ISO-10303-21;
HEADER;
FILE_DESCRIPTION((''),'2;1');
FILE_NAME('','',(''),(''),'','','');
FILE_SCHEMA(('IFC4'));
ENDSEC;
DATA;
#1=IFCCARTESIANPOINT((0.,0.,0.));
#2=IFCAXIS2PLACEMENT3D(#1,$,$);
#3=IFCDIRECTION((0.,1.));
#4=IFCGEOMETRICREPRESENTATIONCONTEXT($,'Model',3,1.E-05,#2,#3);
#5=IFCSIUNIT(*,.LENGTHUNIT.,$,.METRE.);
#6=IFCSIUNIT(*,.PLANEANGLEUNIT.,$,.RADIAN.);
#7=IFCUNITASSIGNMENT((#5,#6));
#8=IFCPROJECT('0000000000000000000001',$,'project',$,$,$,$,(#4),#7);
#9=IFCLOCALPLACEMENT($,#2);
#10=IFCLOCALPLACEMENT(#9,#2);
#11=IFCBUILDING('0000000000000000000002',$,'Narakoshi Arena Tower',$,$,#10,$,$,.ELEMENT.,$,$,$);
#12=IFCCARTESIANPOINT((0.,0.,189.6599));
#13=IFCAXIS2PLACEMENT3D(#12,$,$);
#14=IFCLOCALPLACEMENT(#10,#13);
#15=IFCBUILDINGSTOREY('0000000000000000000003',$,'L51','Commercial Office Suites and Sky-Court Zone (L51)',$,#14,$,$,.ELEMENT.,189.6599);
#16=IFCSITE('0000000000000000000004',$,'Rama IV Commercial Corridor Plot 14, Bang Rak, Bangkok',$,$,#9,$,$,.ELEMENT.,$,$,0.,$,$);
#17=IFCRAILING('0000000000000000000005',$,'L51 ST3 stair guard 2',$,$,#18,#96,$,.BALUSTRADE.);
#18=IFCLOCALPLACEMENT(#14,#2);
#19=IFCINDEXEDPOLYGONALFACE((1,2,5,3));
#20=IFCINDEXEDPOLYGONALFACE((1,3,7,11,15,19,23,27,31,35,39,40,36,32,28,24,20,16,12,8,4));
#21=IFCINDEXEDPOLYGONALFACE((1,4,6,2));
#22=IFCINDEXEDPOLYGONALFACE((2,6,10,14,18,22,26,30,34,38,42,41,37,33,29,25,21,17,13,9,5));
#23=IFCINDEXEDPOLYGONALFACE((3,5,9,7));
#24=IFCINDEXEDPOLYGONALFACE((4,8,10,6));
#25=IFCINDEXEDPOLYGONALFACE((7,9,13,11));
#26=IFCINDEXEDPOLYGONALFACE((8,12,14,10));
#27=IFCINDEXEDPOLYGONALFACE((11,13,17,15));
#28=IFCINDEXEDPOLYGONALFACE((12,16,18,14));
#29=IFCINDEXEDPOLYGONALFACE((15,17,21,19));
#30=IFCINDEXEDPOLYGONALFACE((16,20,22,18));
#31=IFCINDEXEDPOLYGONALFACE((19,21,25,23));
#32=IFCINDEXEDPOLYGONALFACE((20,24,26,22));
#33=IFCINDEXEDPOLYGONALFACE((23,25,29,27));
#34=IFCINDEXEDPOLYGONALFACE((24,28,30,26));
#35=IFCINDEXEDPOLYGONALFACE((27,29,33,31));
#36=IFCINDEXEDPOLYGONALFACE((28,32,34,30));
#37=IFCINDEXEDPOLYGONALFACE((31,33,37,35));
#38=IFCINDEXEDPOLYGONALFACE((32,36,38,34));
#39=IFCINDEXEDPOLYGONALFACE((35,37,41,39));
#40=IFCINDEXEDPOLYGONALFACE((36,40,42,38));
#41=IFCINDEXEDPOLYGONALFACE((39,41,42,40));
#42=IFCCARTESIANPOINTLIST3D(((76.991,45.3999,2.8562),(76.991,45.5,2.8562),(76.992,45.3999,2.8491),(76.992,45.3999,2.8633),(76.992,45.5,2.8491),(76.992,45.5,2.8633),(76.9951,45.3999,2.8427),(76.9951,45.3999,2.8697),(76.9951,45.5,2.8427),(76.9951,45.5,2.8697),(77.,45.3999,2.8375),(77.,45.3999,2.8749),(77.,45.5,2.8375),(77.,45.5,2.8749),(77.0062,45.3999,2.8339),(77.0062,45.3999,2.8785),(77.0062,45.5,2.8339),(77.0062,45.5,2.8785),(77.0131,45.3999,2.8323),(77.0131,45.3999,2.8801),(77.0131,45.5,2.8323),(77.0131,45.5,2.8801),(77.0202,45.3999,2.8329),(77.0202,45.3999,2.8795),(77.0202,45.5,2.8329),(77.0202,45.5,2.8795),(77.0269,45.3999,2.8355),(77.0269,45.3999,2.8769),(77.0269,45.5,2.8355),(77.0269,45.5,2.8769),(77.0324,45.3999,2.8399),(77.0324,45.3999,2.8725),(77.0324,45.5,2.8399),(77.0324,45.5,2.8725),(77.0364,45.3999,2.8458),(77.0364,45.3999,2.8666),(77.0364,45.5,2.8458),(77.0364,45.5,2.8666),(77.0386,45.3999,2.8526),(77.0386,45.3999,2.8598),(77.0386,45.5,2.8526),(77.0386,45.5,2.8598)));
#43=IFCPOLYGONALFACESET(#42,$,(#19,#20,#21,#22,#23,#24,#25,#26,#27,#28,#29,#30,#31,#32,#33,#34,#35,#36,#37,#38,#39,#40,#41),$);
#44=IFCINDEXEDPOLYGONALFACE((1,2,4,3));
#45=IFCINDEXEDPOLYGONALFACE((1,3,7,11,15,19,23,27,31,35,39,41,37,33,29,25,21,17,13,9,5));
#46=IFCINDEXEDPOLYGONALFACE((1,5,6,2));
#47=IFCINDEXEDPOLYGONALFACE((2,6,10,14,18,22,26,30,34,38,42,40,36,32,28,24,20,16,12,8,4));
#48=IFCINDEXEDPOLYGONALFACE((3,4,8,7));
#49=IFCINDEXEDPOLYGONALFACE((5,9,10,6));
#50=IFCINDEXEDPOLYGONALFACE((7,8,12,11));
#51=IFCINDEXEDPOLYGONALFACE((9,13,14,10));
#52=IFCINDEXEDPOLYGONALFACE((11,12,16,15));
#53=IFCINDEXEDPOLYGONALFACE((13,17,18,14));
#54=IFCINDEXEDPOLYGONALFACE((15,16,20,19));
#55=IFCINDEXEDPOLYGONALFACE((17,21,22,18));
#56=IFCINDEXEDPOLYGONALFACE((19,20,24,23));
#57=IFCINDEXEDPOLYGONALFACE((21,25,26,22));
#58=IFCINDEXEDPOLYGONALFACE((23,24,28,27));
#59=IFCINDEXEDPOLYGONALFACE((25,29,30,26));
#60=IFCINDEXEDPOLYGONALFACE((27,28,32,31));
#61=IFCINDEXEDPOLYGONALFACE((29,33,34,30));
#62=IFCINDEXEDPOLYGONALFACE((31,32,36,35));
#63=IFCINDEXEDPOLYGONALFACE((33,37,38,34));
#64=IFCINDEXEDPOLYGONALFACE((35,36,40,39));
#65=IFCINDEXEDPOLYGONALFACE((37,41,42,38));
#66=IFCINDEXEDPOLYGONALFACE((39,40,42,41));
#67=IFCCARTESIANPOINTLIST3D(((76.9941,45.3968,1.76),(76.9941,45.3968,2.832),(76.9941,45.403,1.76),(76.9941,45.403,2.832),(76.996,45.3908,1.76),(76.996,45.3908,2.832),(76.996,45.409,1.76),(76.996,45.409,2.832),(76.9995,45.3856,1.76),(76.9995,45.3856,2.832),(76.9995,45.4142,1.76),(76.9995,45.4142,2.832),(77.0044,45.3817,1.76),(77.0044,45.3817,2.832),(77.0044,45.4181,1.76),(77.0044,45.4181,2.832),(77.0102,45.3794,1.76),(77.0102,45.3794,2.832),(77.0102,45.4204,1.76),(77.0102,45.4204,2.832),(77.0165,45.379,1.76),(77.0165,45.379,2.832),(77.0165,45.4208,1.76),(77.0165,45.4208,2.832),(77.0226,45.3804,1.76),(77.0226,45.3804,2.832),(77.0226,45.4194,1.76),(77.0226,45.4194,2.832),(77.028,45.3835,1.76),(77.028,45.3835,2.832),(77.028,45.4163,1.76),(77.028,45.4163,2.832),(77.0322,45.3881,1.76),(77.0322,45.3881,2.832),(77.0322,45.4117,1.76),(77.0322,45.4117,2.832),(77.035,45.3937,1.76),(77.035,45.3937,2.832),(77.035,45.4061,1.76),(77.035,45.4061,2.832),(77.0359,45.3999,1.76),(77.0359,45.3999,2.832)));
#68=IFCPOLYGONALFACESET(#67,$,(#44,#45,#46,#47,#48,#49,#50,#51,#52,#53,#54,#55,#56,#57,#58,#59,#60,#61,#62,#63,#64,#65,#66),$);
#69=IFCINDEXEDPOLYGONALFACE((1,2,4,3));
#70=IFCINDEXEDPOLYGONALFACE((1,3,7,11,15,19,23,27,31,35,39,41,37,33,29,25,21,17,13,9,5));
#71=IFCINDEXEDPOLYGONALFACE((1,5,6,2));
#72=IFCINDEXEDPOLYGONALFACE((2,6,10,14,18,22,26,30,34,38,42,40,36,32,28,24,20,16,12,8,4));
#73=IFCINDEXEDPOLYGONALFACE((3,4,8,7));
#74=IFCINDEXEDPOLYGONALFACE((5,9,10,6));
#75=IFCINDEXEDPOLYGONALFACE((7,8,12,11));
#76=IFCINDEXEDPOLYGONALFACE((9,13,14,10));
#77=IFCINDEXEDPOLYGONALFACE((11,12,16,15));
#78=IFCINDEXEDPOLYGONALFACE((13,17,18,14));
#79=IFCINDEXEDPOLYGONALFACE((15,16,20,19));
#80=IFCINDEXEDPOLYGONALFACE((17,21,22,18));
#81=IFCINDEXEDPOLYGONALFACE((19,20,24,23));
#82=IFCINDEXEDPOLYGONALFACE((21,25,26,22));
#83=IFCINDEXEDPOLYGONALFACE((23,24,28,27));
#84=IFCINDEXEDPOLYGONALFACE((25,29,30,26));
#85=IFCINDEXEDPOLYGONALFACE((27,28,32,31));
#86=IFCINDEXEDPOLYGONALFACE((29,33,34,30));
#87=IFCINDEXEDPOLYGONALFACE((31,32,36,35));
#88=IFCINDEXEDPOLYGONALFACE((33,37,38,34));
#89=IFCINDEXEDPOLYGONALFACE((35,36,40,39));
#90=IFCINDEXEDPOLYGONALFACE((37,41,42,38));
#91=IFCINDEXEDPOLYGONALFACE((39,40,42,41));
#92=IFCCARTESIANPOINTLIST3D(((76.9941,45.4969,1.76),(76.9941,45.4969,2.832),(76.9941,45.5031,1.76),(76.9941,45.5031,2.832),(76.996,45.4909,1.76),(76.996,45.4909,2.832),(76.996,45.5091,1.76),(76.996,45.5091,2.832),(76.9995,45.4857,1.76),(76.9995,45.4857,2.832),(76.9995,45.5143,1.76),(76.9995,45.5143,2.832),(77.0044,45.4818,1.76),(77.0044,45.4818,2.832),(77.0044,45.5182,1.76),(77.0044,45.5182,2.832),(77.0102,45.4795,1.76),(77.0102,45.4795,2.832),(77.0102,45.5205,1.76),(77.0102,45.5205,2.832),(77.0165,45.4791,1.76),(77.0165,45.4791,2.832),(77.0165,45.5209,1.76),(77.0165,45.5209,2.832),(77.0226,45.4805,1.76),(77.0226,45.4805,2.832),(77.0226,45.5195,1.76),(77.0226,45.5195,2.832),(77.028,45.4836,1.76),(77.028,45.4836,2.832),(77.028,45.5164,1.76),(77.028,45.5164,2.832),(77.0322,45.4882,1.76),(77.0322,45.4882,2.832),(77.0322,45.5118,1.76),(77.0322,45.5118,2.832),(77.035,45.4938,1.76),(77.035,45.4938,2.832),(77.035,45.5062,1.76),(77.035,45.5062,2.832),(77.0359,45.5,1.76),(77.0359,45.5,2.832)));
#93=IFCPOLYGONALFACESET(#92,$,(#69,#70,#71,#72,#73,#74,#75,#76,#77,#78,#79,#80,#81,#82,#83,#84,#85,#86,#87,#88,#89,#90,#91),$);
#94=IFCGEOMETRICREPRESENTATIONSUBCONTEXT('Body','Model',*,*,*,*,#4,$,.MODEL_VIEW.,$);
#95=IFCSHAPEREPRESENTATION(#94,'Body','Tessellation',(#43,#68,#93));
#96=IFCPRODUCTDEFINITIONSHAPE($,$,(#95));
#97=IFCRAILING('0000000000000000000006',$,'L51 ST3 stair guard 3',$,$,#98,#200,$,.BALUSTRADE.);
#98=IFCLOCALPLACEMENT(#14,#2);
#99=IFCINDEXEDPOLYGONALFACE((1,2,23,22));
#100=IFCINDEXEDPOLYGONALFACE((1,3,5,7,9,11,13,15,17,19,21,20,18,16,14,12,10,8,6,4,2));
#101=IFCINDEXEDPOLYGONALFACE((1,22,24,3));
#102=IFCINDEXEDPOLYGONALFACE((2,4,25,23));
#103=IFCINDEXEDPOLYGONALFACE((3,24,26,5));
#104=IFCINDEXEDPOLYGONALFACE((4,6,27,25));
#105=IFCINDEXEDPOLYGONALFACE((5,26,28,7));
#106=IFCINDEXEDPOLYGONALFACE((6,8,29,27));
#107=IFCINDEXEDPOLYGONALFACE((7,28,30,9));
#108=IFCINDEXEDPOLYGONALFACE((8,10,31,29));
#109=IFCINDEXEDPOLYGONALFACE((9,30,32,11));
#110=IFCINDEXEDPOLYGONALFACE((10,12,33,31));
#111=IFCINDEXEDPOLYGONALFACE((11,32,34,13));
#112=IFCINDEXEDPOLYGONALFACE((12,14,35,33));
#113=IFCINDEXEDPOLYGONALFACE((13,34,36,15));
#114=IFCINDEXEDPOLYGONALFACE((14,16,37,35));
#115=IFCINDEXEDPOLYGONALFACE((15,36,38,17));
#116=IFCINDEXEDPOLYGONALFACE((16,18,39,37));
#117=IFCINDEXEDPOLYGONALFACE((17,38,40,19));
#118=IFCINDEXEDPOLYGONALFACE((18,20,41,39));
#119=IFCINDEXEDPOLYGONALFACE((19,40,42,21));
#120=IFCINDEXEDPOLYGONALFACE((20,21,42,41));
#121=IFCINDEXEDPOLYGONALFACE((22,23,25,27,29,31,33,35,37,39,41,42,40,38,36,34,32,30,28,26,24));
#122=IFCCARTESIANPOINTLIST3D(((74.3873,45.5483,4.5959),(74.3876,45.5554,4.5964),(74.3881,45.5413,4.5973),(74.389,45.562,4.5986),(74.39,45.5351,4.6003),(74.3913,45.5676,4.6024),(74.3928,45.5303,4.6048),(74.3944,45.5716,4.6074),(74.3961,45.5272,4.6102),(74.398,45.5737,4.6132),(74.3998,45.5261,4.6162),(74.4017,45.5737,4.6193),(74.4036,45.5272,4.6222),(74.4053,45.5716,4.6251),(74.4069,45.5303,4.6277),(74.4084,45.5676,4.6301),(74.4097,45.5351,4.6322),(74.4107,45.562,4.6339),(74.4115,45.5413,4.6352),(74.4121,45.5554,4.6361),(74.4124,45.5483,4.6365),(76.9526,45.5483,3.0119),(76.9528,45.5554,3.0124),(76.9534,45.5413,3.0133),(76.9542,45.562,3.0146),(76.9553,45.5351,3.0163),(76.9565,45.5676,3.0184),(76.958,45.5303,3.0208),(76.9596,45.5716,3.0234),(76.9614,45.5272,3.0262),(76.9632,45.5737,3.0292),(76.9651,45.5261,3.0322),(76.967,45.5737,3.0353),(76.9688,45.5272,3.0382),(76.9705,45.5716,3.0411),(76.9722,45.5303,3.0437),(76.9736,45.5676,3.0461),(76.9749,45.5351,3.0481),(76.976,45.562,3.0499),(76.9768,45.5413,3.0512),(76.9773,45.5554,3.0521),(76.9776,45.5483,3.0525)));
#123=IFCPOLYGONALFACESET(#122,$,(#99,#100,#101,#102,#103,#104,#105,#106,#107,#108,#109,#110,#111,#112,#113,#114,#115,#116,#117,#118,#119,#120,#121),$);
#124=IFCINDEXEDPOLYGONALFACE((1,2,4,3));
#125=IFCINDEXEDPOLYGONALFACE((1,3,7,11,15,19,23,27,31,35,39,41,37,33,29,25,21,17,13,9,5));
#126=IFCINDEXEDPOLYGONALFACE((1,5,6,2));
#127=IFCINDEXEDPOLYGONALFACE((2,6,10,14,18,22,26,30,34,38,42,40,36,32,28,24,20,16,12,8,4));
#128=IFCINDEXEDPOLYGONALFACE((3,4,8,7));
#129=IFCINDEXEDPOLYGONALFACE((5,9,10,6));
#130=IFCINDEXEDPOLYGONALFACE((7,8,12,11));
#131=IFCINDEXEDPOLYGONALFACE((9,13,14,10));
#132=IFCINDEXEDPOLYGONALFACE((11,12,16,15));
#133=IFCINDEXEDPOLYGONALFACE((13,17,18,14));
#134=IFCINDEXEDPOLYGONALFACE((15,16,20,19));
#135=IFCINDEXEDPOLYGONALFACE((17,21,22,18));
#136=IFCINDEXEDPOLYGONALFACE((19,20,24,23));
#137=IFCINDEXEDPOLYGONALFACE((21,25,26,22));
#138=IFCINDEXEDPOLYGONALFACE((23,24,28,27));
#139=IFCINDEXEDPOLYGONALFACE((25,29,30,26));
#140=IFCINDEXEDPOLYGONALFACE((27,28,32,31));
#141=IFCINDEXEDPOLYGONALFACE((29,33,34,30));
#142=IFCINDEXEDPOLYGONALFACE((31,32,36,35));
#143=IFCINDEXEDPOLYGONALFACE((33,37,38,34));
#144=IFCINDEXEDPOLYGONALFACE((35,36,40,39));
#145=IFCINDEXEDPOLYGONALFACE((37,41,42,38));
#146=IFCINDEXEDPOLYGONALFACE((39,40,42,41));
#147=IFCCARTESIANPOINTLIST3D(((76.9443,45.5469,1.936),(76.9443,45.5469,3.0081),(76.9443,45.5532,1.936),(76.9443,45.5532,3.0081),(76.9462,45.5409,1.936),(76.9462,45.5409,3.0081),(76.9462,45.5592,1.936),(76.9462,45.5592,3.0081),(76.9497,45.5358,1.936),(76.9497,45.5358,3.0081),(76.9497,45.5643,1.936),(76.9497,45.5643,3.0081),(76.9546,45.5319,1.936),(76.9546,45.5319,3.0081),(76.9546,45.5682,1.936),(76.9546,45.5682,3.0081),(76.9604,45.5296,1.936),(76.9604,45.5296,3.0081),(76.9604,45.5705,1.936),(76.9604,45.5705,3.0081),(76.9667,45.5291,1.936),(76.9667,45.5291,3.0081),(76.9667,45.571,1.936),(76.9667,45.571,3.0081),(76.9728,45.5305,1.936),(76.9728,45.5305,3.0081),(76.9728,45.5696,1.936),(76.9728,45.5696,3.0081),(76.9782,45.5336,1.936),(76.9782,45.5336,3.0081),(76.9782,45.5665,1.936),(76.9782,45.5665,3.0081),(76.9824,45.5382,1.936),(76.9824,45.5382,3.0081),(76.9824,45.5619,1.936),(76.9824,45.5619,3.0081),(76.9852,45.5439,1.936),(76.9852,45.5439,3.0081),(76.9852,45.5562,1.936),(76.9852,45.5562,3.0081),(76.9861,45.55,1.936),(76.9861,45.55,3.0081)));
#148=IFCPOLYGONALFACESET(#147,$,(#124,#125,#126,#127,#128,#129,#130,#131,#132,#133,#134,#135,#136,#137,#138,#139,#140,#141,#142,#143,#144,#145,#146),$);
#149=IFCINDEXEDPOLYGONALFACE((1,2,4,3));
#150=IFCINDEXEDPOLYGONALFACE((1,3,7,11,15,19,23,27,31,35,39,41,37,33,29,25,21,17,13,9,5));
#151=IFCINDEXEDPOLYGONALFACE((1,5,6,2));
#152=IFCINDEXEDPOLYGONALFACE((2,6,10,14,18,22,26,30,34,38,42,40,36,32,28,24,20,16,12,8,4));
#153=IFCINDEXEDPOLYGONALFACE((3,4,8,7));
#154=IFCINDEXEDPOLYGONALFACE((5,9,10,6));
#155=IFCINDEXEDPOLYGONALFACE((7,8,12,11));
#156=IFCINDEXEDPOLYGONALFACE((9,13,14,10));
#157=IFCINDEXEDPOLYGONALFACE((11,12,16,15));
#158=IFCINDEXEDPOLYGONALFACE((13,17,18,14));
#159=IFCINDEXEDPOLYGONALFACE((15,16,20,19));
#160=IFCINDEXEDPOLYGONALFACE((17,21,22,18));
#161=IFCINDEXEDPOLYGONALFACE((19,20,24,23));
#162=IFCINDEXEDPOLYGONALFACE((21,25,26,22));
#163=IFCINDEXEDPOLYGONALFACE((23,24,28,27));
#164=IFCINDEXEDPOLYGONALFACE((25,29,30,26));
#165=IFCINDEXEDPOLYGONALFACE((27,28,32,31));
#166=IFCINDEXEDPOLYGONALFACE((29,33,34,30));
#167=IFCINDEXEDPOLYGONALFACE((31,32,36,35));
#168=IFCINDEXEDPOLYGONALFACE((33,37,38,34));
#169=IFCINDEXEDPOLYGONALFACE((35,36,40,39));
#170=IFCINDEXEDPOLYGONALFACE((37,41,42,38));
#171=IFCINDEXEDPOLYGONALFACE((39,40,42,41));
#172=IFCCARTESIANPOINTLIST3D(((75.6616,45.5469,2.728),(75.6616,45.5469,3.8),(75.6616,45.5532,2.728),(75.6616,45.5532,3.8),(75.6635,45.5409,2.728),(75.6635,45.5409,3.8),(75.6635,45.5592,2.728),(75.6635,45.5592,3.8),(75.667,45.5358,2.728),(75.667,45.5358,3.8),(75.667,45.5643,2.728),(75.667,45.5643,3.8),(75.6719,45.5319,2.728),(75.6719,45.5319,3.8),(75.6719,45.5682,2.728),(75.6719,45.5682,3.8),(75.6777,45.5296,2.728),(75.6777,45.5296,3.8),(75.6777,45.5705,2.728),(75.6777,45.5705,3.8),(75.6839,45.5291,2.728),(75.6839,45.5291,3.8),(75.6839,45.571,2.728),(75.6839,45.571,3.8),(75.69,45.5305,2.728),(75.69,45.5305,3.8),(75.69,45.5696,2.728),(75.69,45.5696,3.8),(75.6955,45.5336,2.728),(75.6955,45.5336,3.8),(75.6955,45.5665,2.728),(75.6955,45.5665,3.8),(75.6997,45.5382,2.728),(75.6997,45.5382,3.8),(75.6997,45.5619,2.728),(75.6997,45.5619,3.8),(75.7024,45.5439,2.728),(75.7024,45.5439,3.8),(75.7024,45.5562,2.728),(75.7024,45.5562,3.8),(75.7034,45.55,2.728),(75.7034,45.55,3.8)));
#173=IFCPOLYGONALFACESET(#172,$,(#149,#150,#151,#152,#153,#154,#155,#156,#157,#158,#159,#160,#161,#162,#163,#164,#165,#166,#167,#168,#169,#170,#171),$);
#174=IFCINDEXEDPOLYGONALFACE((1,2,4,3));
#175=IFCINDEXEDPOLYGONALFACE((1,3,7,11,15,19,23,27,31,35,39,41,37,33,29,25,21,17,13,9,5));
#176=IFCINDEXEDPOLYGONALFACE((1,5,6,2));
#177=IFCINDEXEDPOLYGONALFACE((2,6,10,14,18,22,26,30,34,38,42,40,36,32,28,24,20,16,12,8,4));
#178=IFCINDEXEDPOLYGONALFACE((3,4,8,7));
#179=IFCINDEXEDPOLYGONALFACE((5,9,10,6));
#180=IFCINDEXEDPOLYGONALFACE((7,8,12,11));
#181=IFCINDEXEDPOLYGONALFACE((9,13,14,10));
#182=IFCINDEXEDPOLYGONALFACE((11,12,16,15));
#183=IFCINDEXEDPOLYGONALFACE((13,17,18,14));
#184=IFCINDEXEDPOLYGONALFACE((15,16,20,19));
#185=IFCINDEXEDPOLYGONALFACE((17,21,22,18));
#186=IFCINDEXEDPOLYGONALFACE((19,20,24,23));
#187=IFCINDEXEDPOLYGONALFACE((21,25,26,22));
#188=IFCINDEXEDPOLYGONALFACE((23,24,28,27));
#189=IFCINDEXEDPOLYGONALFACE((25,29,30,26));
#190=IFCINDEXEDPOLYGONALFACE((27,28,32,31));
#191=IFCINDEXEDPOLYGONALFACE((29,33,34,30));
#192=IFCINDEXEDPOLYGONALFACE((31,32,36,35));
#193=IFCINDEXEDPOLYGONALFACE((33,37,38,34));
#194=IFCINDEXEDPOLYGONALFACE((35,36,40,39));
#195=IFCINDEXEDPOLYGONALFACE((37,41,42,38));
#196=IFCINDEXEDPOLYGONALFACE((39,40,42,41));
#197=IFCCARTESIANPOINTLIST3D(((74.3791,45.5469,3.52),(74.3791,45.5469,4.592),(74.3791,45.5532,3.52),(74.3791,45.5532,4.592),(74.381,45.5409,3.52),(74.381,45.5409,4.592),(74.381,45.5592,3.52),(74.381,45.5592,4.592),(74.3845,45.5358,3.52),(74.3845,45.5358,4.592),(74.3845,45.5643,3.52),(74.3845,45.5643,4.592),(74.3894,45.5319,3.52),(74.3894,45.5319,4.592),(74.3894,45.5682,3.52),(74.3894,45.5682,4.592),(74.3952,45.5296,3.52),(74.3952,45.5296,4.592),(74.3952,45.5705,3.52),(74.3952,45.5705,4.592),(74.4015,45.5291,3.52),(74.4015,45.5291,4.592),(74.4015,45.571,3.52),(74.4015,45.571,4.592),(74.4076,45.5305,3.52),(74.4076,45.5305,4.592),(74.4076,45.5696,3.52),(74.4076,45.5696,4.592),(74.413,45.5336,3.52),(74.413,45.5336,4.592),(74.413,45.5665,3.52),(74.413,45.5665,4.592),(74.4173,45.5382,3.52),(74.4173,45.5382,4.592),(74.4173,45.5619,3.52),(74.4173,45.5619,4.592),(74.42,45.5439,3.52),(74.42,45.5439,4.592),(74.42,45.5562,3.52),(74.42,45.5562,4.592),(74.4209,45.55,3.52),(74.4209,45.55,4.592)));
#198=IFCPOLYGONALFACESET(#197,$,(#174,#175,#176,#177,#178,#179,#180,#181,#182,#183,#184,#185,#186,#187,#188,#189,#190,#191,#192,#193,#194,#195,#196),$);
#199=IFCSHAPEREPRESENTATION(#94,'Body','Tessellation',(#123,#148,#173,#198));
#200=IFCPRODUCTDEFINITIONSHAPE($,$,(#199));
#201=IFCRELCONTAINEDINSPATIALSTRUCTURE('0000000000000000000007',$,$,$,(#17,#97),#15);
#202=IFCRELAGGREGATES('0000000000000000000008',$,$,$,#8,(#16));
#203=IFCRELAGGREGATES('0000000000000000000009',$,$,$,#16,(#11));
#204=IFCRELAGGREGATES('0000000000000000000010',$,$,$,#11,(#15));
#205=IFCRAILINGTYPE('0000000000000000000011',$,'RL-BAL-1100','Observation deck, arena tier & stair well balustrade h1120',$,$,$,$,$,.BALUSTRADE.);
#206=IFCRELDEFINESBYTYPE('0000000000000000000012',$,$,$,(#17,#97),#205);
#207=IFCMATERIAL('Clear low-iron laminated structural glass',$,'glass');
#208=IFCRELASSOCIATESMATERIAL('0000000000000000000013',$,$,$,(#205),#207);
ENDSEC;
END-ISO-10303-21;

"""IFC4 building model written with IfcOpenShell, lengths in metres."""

from ifc_helpers import new_model, si_unit, direction, frame, origin, origin_2d, place, context, subcontext, project, spatial, circle, extrude, material, type_object, element, save


model = new_model("IFC4")

# Units and contexts
model_context = context("Model", 3, precision=1e-05, world=origin(), true_north=direction((0.0, 1.0)))
body_context = subcontext(model_context, "Body", "Model", "MODEL_VIEW")
ifc_project = project(units=[si_unit("LENGTHUNIT", "METRE"), si_unit("PLANEANGLEUNIT", "RADIAN")], contexts=[model_context])

# Site, building, storey
site_placement = place(None, origin())
site = spatial("IfcSite", under=ifc_project, at=site_placement, Name="Rama IV Commercial Corridor Plot 14, Bang Rak, Bangkok", CompositionType="ELEMENT", RefElevation=0.0)
building_placement = place(site_placement, origin())
building = spatial("IfcBuilding", under=site, at=building_placement, Name="Narakoshi Arena Tower", CompositionType="ELEMENT")
storey_placement = place(building_placement, frame((0.0, 0.0, 189.6599)))
storey = spatial("IfcBuildingStorey", under=building, at=storey_placement, Name="L51", Description="Commercial Office Suites and Sky-Court Zone (L51)", CompositionType="ELEMENT", Elevation=189.6599)

# Railings
ifc_material_1 = material(Name="Clear low-iron laminated structural glass", Category="glass")
railing_type_1 = type_object("IfcRailingType", Name="RL-BAL-1100", Description="Observation deck, arena tier & stair well balustrade h1120", PredefinedType="BALUSTRADE", material=ifc_material_1)
railing_1_placement = place(storey_placement, frame((77.0149, 45.3999, 1.76)))
element("IfcRailing", 1, at=railing_1_placement, inside=storey, type_object=railing_type_1, Name="L51 ST3 stair guard 2", PredefinedType="BALUSTRADE", context=body_context, shape_type="SweptSolid", body=[
    extrude(circle(Radius=0.0239, at=origin_2d()), frame((0.0, 0.0, 1.0962), z_axis=(0.0, 1.0, 0.0), x_axis=(-1.0, 0.0, 0.0)), (0.0, 0.0, 1.0), 0.1001),
    extrude(circle(Radius=0.021, at=origin_2d()), origin(), (0.0, 0.0, 1.0), 1.072),
    extrude(circle(Radius=0.021, at=origin_2d()), frame((0.0, 0.1001, 0.0)), (0.0, 0.0, 1.0), 1.072),
])
railing_2_placement = place(storey_placement, frame((76.9651, 45.55, 1.936)))
element("IfcRailing", 2, at=railing_2_placement, inside=storey, type_object=railing_type_1, Name="L51 ST3 stair guard 3", PredefinedType="BALUSTRADE", context=body_context, shape_type="SweptSolid", body=[
    extrude(circle(Radius=0.0239, at=origin_2d()), frame((0.0, 0.0, 1.0962), z_axis=(-0.850857, 0.0, 0.525398), x_axis=(0.0, -1.0, 0.0)), (0.0, 0.0, 1.0), 3.0149),
    extrude(circle(Radius=0.021, at=origin_2d()), origin(), (0.0, 0.0, 1.0), 1.072),
    extrude(circle(Radius=0.021, at=origin_2d()), frame((-1.2827, 0.0, 0.792)), (0.0, 0.0, 1.0), 1.072),
    extrude(circle(Radius=0.021, at=origin_2d()), frame((-2.5652, 0.0, 1.584)), (0.0, 0.0, 1.0), 1.072),
])

save(model, "model.ifc")
